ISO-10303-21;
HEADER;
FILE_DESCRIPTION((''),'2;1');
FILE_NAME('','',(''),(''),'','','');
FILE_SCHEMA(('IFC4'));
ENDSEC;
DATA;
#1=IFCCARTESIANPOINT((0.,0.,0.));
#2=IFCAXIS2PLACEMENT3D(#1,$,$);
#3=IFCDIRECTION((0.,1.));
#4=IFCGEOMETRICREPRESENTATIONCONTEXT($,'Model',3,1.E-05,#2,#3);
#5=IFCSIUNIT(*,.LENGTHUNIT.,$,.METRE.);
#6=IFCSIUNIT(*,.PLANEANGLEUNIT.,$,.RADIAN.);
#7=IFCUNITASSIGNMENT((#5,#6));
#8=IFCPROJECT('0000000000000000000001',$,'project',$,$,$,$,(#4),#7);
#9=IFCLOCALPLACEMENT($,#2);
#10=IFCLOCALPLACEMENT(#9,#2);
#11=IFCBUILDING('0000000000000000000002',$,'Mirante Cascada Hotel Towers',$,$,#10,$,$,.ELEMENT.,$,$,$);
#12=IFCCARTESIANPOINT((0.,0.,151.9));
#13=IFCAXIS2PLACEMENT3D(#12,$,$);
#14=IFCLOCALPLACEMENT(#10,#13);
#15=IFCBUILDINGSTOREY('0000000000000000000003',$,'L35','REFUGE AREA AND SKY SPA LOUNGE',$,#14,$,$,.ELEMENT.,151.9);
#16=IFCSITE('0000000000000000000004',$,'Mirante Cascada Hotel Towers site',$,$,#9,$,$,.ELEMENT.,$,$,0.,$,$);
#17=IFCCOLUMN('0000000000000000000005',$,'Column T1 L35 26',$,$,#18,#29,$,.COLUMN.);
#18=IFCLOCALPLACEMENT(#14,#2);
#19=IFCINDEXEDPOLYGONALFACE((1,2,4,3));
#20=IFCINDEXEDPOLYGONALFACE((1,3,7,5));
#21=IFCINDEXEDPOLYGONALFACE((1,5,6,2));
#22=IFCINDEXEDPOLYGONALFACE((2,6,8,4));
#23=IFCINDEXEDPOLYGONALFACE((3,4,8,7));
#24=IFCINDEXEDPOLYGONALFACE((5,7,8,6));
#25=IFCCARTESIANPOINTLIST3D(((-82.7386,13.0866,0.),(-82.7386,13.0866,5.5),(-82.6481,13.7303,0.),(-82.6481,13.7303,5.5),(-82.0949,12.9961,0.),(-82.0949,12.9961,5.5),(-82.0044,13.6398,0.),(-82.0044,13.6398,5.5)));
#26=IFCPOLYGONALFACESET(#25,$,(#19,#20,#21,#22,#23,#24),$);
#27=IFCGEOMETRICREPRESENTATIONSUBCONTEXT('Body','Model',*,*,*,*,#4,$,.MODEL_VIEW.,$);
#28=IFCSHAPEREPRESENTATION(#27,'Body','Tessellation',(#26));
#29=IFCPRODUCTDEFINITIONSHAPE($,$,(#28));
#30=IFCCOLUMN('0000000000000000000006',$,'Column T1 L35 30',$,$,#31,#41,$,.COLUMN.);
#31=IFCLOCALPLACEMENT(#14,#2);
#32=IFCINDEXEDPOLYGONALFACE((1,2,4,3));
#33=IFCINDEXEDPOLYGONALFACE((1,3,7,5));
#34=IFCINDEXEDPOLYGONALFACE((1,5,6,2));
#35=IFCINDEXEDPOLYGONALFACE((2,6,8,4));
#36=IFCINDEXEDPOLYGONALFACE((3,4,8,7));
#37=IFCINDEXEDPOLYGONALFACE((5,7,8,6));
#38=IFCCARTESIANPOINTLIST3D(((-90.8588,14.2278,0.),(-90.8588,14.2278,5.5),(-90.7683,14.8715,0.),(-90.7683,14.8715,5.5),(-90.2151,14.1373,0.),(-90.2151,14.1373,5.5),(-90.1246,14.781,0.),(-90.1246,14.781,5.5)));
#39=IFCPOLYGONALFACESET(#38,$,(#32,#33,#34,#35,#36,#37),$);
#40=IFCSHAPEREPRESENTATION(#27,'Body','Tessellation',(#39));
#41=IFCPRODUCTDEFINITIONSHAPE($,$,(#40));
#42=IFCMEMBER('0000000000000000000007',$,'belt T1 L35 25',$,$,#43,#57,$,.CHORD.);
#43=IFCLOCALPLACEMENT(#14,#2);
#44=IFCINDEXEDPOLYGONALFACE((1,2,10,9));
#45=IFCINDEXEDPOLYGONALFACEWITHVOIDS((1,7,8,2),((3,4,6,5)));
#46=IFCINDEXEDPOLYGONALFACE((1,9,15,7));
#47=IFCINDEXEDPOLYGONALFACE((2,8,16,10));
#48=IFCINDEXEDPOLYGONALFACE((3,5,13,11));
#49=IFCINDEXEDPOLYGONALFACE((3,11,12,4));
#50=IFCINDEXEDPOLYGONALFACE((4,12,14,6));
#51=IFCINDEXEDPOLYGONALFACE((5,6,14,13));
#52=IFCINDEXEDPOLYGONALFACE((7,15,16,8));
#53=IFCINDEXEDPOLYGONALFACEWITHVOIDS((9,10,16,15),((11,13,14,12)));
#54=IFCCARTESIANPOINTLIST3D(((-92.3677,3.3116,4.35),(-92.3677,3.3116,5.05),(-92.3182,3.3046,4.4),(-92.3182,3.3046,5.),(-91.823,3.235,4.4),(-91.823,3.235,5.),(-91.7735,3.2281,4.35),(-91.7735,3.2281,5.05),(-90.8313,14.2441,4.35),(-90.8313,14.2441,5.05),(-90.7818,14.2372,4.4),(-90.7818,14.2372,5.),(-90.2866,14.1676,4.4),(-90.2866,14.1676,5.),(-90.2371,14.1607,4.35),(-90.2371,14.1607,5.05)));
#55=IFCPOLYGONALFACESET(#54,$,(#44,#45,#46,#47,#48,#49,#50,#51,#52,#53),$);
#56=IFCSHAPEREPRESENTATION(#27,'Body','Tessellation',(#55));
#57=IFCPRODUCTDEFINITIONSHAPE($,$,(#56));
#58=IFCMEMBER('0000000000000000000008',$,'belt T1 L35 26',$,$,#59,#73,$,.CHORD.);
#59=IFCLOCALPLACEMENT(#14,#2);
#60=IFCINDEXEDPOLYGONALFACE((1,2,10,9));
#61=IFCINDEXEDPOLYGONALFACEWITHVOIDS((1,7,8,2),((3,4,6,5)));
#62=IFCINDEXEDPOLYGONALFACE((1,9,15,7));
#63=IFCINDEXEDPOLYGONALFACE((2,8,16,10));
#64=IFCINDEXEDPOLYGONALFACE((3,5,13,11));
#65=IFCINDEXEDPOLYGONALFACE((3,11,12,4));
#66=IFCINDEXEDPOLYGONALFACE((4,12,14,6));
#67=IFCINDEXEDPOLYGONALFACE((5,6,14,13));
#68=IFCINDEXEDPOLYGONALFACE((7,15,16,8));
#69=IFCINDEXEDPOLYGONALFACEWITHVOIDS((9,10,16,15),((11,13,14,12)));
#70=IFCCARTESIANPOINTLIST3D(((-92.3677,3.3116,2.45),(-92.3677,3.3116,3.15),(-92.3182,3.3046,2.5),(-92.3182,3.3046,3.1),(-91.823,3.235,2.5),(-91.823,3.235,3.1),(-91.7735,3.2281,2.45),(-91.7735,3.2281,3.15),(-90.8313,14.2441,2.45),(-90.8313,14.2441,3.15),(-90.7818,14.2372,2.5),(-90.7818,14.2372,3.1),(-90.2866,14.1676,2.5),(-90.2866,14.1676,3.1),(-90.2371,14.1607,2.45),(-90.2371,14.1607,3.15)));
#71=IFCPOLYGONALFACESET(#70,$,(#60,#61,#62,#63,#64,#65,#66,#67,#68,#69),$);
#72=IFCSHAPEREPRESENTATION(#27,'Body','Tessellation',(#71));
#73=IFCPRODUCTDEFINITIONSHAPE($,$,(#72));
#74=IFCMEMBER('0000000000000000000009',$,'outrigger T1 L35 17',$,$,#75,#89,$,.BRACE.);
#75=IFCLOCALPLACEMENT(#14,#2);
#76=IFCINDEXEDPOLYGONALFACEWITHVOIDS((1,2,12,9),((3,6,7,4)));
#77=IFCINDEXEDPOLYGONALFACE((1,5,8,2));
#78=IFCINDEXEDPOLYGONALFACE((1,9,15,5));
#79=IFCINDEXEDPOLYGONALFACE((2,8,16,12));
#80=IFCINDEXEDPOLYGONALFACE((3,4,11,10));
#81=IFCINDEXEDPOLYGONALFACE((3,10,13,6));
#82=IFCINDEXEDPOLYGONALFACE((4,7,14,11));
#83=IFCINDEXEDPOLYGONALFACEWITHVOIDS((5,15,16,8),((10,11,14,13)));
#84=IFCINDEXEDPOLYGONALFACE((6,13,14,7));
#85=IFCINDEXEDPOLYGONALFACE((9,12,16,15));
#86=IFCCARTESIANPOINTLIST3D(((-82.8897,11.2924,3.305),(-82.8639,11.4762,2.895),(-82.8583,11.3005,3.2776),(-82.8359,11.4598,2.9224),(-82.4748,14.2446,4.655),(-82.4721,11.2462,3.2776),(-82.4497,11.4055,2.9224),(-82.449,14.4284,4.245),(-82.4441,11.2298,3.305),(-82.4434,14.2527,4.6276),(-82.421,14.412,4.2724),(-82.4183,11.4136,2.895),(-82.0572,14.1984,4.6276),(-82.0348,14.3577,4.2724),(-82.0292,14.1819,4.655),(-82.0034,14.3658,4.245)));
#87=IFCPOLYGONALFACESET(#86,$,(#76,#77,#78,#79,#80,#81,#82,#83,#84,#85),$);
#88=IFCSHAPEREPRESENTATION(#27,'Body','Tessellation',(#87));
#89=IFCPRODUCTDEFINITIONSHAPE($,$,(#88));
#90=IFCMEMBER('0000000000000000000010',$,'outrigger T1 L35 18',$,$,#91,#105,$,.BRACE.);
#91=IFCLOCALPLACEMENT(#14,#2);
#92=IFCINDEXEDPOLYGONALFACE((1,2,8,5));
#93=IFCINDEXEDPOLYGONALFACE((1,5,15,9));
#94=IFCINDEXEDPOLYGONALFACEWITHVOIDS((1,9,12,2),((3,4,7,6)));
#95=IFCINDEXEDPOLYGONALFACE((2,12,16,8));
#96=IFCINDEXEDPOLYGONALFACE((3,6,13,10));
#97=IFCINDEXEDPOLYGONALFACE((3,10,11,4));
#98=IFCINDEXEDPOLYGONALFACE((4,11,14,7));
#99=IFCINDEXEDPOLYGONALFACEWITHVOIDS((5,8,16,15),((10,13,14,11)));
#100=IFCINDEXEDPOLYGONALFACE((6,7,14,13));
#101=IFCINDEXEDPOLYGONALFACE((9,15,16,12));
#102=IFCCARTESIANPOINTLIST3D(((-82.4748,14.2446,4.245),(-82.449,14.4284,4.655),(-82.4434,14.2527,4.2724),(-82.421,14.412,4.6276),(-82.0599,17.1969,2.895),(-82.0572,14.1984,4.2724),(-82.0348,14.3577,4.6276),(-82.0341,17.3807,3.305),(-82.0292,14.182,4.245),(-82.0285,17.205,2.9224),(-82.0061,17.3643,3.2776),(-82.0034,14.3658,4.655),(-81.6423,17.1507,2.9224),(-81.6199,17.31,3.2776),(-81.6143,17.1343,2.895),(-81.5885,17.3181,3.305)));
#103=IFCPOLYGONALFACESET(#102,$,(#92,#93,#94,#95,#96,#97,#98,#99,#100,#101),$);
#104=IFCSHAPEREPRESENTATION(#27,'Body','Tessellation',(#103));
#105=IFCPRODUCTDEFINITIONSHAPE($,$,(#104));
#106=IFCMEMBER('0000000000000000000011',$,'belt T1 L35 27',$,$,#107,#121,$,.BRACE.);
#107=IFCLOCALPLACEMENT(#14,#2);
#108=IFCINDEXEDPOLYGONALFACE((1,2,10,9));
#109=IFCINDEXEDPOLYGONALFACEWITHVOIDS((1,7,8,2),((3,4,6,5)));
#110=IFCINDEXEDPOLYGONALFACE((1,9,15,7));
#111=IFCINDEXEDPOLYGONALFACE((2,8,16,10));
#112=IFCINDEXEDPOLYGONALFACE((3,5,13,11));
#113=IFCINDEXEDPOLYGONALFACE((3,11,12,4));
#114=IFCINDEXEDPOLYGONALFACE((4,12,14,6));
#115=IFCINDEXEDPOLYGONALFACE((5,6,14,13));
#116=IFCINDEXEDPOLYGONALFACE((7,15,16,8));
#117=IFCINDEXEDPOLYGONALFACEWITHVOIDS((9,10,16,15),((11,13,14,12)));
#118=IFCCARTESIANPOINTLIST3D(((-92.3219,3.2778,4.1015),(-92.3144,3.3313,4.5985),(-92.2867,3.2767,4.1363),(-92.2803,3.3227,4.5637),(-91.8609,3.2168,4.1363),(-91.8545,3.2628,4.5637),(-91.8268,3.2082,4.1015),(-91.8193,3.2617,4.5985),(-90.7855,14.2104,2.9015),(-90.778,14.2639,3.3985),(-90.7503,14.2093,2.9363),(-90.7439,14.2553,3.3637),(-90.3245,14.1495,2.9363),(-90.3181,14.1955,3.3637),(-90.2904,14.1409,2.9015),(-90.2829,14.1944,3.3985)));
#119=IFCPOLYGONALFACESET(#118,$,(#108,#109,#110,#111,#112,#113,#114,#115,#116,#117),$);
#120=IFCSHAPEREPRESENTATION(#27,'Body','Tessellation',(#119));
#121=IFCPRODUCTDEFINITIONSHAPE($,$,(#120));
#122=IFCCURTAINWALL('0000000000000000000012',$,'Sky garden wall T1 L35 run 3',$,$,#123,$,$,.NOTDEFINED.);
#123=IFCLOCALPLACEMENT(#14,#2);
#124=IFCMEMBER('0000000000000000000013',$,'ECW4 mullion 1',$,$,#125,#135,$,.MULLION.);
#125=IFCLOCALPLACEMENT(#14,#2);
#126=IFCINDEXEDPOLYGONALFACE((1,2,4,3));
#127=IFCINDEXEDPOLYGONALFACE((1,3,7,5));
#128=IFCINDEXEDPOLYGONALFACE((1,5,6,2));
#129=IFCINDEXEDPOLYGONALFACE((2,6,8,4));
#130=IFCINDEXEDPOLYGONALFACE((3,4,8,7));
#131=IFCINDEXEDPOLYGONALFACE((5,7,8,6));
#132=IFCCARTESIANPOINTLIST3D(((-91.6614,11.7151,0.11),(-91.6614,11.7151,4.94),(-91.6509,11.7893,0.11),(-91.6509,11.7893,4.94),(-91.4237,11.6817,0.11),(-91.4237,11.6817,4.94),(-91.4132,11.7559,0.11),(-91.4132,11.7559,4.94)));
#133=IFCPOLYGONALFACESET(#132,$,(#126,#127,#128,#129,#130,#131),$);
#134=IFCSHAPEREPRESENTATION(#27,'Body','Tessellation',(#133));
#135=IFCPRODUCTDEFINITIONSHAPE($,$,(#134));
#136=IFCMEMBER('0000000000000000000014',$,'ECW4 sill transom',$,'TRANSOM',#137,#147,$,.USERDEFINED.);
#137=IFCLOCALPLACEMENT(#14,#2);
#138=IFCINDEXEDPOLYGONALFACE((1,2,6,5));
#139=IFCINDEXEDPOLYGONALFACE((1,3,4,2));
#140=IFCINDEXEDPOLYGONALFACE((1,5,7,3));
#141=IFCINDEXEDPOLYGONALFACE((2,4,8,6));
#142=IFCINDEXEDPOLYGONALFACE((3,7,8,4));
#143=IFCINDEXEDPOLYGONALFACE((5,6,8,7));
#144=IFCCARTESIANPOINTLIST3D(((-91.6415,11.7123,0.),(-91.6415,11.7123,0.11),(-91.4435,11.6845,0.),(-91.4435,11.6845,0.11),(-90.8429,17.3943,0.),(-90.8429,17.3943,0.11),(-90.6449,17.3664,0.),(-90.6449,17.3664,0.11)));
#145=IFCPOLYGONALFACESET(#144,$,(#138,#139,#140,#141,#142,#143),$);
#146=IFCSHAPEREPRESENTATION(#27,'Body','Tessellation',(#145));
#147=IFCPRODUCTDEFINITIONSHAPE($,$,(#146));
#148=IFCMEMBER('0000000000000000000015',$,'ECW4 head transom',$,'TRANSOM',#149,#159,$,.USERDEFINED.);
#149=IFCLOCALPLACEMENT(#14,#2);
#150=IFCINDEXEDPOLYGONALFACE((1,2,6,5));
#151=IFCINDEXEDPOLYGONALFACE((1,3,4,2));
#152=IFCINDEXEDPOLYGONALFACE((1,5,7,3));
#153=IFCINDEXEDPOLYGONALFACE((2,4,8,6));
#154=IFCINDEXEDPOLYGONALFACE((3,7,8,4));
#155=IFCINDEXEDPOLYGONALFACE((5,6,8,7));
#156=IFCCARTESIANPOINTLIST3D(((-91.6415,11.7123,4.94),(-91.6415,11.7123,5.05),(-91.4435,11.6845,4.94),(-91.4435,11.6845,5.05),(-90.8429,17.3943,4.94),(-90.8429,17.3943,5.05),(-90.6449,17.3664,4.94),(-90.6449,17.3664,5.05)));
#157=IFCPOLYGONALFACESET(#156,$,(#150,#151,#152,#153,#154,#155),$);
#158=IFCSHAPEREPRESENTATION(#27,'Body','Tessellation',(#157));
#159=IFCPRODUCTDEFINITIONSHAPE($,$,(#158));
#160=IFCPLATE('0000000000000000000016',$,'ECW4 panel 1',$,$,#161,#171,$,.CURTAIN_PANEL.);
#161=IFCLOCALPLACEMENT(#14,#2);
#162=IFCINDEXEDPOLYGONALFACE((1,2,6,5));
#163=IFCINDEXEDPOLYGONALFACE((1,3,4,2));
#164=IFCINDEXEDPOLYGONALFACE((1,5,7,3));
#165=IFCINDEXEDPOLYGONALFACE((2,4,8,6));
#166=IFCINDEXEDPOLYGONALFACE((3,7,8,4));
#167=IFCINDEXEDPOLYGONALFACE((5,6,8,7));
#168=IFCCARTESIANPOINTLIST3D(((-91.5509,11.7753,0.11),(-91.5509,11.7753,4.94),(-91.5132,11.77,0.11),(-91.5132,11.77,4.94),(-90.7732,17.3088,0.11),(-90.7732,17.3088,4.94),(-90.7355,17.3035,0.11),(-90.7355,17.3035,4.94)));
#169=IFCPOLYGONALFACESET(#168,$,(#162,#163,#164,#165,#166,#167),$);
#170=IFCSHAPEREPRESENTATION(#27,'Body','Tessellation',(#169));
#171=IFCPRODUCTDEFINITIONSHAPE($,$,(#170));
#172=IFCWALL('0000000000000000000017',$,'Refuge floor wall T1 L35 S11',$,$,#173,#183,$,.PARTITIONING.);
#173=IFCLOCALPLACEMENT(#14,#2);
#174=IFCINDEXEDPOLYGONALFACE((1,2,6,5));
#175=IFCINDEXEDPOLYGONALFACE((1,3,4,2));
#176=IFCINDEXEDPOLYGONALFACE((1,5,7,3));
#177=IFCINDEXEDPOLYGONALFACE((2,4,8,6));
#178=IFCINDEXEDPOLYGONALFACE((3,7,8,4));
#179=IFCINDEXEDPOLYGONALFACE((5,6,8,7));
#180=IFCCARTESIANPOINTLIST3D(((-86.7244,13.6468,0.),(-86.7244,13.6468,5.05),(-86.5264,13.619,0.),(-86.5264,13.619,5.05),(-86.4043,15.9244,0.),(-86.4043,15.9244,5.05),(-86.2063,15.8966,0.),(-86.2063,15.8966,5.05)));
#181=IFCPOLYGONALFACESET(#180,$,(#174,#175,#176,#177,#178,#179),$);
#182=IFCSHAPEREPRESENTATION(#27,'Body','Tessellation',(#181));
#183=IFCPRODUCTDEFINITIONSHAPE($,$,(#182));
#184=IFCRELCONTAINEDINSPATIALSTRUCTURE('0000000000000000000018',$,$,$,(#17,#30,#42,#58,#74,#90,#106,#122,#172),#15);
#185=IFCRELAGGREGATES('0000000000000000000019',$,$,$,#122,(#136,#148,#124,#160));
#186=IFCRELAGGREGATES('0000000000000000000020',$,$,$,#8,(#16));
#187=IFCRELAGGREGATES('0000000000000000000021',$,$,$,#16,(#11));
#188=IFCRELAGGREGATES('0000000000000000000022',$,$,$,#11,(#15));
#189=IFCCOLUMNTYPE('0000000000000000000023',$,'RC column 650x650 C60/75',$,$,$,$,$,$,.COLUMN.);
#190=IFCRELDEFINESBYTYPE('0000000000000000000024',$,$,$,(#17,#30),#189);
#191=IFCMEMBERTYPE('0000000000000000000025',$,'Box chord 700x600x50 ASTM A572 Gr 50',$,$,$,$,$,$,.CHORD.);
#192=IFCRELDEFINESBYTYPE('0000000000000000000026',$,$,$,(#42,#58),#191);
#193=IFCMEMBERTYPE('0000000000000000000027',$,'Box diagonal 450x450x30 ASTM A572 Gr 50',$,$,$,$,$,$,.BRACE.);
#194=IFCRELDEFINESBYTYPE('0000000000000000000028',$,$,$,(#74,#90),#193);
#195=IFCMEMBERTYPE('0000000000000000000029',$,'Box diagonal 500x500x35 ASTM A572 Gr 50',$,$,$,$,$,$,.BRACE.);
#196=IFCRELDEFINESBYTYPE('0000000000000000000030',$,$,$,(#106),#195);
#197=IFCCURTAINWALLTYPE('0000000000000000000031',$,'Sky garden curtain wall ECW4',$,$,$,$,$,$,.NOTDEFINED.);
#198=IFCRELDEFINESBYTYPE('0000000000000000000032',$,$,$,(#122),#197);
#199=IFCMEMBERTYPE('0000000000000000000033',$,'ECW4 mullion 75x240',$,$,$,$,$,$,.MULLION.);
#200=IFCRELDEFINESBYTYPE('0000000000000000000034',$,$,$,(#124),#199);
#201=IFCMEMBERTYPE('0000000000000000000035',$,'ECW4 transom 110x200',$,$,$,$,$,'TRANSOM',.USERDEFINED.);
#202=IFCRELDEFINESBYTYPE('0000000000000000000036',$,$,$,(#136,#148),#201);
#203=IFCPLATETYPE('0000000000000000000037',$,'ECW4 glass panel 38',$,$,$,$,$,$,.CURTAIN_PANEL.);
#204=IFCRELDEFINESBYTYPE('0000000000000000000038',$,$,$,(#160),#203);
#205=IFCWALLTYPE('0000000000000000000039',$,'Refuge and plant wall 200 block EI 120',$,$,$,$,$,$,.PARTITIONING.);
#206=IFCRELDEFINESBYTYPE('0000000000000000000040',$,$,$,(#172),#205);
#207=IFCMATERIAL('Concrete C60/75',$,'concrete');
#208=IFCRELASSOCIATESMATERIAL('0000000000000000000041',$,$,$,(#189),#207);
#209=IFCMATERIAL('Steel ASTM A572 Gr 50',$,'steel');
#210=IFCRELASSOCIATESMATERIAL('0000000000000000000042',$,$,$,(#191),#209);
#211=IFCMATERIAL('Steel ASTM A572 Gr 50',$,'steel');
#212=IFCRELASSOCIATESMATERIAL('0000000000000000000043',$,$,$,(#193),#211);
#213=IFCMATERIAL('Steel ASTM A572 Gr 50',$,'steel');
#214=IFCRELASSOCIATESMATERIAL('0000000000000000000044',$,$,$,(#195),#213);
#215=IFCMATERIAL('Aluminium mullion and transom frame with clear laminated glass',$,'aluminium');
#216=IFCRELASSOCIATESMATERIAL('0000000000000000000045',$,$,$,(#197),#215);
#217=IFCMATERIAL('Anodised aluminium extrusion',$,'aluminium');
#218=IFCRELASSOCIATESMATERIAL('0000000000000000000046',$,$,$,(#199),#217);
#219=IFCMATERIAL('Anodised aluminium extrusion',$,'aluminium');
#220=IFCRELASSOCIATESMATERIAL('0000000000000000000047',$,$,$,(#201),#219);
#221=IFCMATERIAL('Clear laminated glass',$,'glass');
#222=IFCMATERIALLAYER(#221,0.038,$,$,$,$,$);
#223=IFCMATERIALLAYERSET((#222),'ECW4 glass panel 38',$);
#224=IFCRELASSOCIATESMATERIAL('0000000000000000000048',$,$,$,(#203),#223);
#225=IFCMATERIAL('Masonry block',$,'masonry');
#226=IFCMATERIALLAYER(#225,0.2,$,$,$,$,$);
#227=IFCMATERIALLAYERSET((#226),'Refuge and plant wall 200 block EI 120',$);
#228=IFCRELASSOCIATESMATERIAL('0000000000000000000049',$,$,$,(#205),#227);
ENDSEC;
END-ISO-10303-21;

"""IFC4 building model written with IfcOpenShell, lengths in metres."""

from ifc_helpers import new_model, si_unit, direction, frame, frame_2d, origin, origin_2d, place, context, subcontext, project, spatial, rectangle, hollow_rectangle, extrude, material, layer, layer_set, material_profile, profile_set, type_object, element, aggregate, save


model = new_model("IFC4")

# Units and contexts
model_context = context("Model", 3, precision=1e-05, world=origin(), true_north=direction((0.0, 1.0)))
body_context = subcontext(model_context, "Body", "Model", "MODEL_VIEW")
ifc_project = project(units=[si_unit("LENGTHUNIT", "METRE"), si_unit("PLANEANGLEUNIT", "RADIAN")], contexts=[model_context])

# Site, building, storey
site_placement = place(None, origin())
site = spatial("IfcSite", under=ifc_project, at=site_placement, Name="Mirante Cascada Hotel Towers site", CompositionType="ELEMENT", RefElevation=0.0)
building_placement = place(site_placement, origin())
building = spatial("IfcBuilding", under=site, at=building_placement, Name="Mirante Cascada Hotel Towers", CompositionType="ELEMENT")
storey_placement = place(building_placement, frame((0.0, 0.0, 151.9)))
storey = spatial("IfcBuildingStorey", under=building, at=storey_placement, Name="L35", Description="REFUGE AREA AND SKY SPA LOUNGE", CompositionType="ELEMENT", Elevation=151.9)

# Columns
ifc_material_1 = material(Name="Concrete C60/75", Category="concrete")
ifc_material_profile_1 = material_profile(ifc_material_1, rectangle(XDim=0.65, YDim=0.65, at=origin_2d()), Name="RC column 650x650 C60/75")
ifc_profile_set_1 = profile_set([ifc_material_profile_1], Name="Concrete C60/75")
column_type = type_object("IfcColumnType", Name="RC column 650x650 C60/75", PredefinedType="COLUMN", material=ifc_profile_set_1)
for number, where, z_axis, x_axis, name in (
    (1, (-82.3715, 13.3632, 0.0), (0.0, 0.0, 1.0), (-0.990268, 0.139173, 0.0), "Column T1 L35 26"),
    (2, (-90.4917, 14.5044, 0.0), (0.0, 0.0, 1.0), (-0.990268, 0.139173, 0.0), "Column T1 L35 30"),
):
    element("IfcColumn", number, at=place(storey_placement, frame(where, z_axis=z_axis, x_axis=x_axis)), inside=storey, type_object=column_type, Name=name, PredefinedType="COLUMN", context=body_context, shape_type="SweptSolid", body=[
        extrude(rectangle(XDim=0.65, YDim=0.65, at=origin_2d()), origin(), (0.0, 0.0, 1.0), 5.5),
    ])

# Members
ifc_material_2 = material(Name="Steel ASTM A572 Gr 50", Category="steel")
ifc_material_profile_2 = material_profile(ifc_material_2, hollow_rectangle(XDim=0.6, YDim=0.7, WallThickness=0.05, at=origin_2d()), Name="Box chord 700x600x50 ASTM A572 Gr 50")
ifc_profile_set_2 = profile_set([ifc_material_profile_2], Name="Steel ASTM A572 Gr 50")
member_type_1 = type_object("IfcMemberType", Name="Box chord 700x600x50 ASTM A572 Gr 50", PredefinedType="CHORD", material=ifc_profile_set_2)
for number, where, z_axis, x_axis, name in (
    (3, (-90.5342, 14.2024, 4.7), (-0.139166, -0.990269, 0.0), (0.990269, -0.139166, 0.0), "belt T1 L35 25"),
    (4, (-90.5342, 14.2024, 2.8), (-0.139166, -0.990269, 0.0), (0.990269, -0.139166, 0.0), "belt T1 L35 26"),
):
    element("IfcMember", number, at=place(storey_placement, frame(where, z_axis=z_axis, x_axis=x_axis)), inside=storey, type_object=member_type_1, Name=name, PredefinedType="CHORD", context=body_context, shape_type="SweptSolid", body=[
        extrude(hollow_rectangle(XDim=0.6, YDim=0.7, WallThickness=0.05, at=origin_2d()), origin(), (0.0, 0.0, 1.0), 11.04),
    ])
ifc_material_3 = material(Name="Steel ASTM A572 Gr 50", Category="steel")
ifc_material_profile_3 = material_profile(ifc_material_3, hollow_rectangle(XDim=0.45, YDim=0.45, WallThickness=0.03, at=origin_2d()), Name="Box diagonal 450x450x30 ASTM A572 Gr 50")
ifc_profile_set_3 = profile_set([ifc_material_profile_3], Name="Steel ASTM A572 Gr 50")
member_type_2 = type_object("IfcMemberType", Name="Box diagonal 450x450x30 ASTM A572 Gr 50", PredefinedType="BRACE", material=ifc_profile_set_3)
member_1_placement = place(storey_placement, frame((-82.654, 11.353, 3.1), z_axis=(0.126779, 0.902087, 0.412512), x_axis=(-0.990268, 0.139172, 0.0)))
element("IfcMember", 5, at=member_1_placement, inside=storey, type_object=member_type_2, Name="outrigger T1 L35 17", PredefinedType="BRACE", context=body_context, shape_type="SweptSolid", body=[
    extrude(hollow_rectangle(XDim=0.45, YDim=0.45, WallThickness=0.03, at=origin_2d()), origin(), (0.0, 0.0, 1.0), 3.2726),
])
member_2_placement = place(storey_placement, frame((-82.2391, 14.3052, 4.45), z_axis=(0.126775, 0.902093, -0.4125), x_axis=(-0.990269, 0.139167, 0.0)))
element("IfcMember", 6, at=member_2_placement, inside=storey, type_object=member_type_2, Name="outrigger T1 L35 18", PredefinedType="BRACE", context=body_context, shape_type="SweptSolid", body=[
    extrude(hollow_rectangle(XDim=0.45, YDim=0.45, WallThickness=0.03, at=origin_2d()), origin(), (0.0, 0.0, 1.0), 3.2727),
])
ifc_material_4 = material(Name="Steel ASTM A572 Gr 50", Category="steel")
ifc_material_profile_4 = material_profile(ifc_material_4, hollow_rectangle(XDim=0.5, YDim=0.5, WallThickness=0.035, at=origin_2d()), Name="Box diagonal 500x500x35 ASTM A572 Gr 50")
ifc_profile_set_4 = profile_set([ifc_material_profile_4], Name="Steel ASTM A572 Gr 50")
member_type_3 = type_object("IfcMemberType", Name="Box diagonal 500x500x35 ASTM A572 Gr 50", PredefinedType="BRACE", material=ifc_profile_set_4)
member_3_placement = place(storey_placement, frame((-90.5342, 14.2024, 3.15), z_axis=(-0.138351, -0.984471, 0.108059), x_axis=(0.990269, -0.139166, 0.0)))
element("IfcMember", 7, at=member_3_placement, inside=storey, type_object=member_type_3, Name="belt T1 L35 27", PredefinedType="BRACE", context=body_context, shape_type="SweptSolid", body=[
    extrude(hollow_rectangle(XDim=0.5, YDim=0.5, WallThickness=0.035, at=origin_2d()), origin(), (0.0, 0.0, 1.0), 11.1051),
])

# Curtain wall, members, plate
ifc_material_5 = material(Name="Aluminium mullion and transom frame with clear laminated glass", Category="aluminium")
curtain_wall_type = type_object("IfcCurtainWallType", Name="Sky garden curtain wall ECW4", PredefinedType="NOTDEFINED", material=ifc_material_5)
curtain_wall_placement = place(storey_placement, origin())
curtain_wall = element("IfcCurtainWall", 8, at=curtain_wall_placement, inside=storey, type_object=curtain_wall_type, Name="Sky garden wall T1 L35 run 3", PredefinedType="NOTDEFINED")
ifc_material_6 = material(Name="Anodised aluminium extrusion", Category="aluminium")
ifc_material_profile_5 = material_profile(ifc_material_6, rectangle(XDim=0.24, YDim=0.075, at=origin_2d()), Name="ECW4 MULLION 75x240")
ifc_profile_set_5 = profile_set([ifc_material_profile_5], Name="Anodised aluminium extrusion")
member_type_4 = type_object("IfcMemberType", Name="ECW4 mullion 75x240", PredefinedType="MULLION", material=ifc_profile_set_5)
member_4_placement = place(storey_placement, frame((-91.5373, 11.7355, 0.11), z_axis=(0.0, 0.0, 1.0), x_axis=(-0.990268, 0.139173, 0.0)))
member_4 = element("IfcMember", 9, at=member_4_placement, type_object=member_type_4, Name="ECW4 mullion 1", PredefinedType="MULLION", context=body_context, shape_type="SweptSolid", body=[
    extrude(rectangle(XDim=0.24, YDim=0.075, at=origin_2d()), origin(), (0.0, 0.0, 1.0), 4.83),
])
ifc_material_7 = material(Name="Anodised aluminium extrusion", Category="aluminium")
ifc_material_profile_6 = material_profile(ifc_material_7, rectangle(XDim=0.2, YDim=0.11, at=origin_2d()), Name="ECW4 TRANSOM 110x200")
ifc_profile_set_6 = profile_set([ifc_material_profile_6], Name="Anodised aluminium extrusion")
member_type_5 = type_object("IfcMemberType", Name="ECW4 transom 110x200", ElementType="TRANSOM", PredefinedType="USERDEFINED", material=ifc_profile_set_6)
member_5_placement = place(storey_placement, frame((-91.5425, 11.6984, 0.055), z_axis=(0.139181, 0.990267, 0.0), x_axis=(-0.990267, 0.139181, 0.0)))
member_5 = element("IfcMember", 10, at=member_5_placement, type_object=member_type_5, Name="ECW4 sill transom", ObjectType="TRANSOM", PredefinedType="USERDEFINED", context=body_context, shape_type="SweptSolid", body=[
    extrude(rectangle(XDim=0.2, YDim=0.11, at=origin_2d()), origin(), (0.0, 0.0, 1.0), 5.7378),
])
member_6_placement = place(storey_placement, frame((-91.5425, 11.6984, 4.995), z_axis=(0.139181, 0.990267, 0.0), x_axis=(-0.990267, 0.139181, 0.0)))
member_6 = element("IfcMember", 11, at=member_6_placement, type_object=member_type_5, Name="ECW4 head transom", ObjectType="TRANSOM", PredefinedType="USERDEFINED", context=body_context, shape_type="SweptSolid", body=[
    extrude(rectangle(XDim=0.2, YDim=0.11, at=origin_2d()), origin(), (0.0, 0.0, 1.0), 5.7378),
])
ifc_material_8 = material(Name="Clear laminated glass", Category="glass")
ifc_layer_1 = layer(ifc_material_8, 0.038)
ifc_layer_set_1 = layer_set([ifc_layer_1], Name="ECW4 glass panel 38")
plate_type = type_object("IfcPlateType", Name="ECW4 glass panel 38", PredefinedType="CURTAIN_PANEL", material=ifc_layer_set_1)
plate_placement = place(storey_placement, frame((-91.1432, 14.5394, 0.11), z_axis=(0.0, 0.0, 1.0), x_axis=(0.139173, 0.990268, 0.0)))
plate = element("IfcPlate", 12, at=plate_placement, type_object=plate_type, Name="ECW4 panel 1", PredefinedType="CURTAIN_PANEL", context=body_context, shape_type="SweptSolid", body=[
    extrude(rectangle(XDim=5.5879, YDim=0.038, at=origin_2d()), origin(), (0.0, 0.0, 1.0), 4.83),
])
aggregate(curtain_wall, [member_5, member_6, member_4, plate])

# Wall
ifc_material_9 = material(Name="Masonry block", Category="masonry")
ifc_layer_2 = layer(ifc_material_9, 0.2)
ifc_layer_set_2 = layer_set([ifc_layer_2], Name="Refuge and plant wall 200 block EI 120")
wall_type = type_object("IfcWallType", Name="Refuge and plant wall 200 block EI 120", PredefinedType="PARTITIONING", material=ifc_layer_set_2)
wall_1_placement = place(storey_placement, frame((-86.6254, 13.6329, 0.0), z_axis=(0.0, 0.0, 1.0), x_axis=(0.139175, 0.990268, 0.0)))
element("IfcWall", 13, at=wall_1_placement, inside=storey, type_object=wall_type, Name="Refuge floor wall T1 L35 S11", PredefinedType="PARTITIONING", context=body_context, shape_type="SweptSolid", body=[
    extrude(rectangle(XDim=2.3, YDim=0.2, at=frame_2d((1.15, 0.0))), origin(), (0.0, 0.0, 1.0), 5.05),
])

save(model, "model.ifc")
